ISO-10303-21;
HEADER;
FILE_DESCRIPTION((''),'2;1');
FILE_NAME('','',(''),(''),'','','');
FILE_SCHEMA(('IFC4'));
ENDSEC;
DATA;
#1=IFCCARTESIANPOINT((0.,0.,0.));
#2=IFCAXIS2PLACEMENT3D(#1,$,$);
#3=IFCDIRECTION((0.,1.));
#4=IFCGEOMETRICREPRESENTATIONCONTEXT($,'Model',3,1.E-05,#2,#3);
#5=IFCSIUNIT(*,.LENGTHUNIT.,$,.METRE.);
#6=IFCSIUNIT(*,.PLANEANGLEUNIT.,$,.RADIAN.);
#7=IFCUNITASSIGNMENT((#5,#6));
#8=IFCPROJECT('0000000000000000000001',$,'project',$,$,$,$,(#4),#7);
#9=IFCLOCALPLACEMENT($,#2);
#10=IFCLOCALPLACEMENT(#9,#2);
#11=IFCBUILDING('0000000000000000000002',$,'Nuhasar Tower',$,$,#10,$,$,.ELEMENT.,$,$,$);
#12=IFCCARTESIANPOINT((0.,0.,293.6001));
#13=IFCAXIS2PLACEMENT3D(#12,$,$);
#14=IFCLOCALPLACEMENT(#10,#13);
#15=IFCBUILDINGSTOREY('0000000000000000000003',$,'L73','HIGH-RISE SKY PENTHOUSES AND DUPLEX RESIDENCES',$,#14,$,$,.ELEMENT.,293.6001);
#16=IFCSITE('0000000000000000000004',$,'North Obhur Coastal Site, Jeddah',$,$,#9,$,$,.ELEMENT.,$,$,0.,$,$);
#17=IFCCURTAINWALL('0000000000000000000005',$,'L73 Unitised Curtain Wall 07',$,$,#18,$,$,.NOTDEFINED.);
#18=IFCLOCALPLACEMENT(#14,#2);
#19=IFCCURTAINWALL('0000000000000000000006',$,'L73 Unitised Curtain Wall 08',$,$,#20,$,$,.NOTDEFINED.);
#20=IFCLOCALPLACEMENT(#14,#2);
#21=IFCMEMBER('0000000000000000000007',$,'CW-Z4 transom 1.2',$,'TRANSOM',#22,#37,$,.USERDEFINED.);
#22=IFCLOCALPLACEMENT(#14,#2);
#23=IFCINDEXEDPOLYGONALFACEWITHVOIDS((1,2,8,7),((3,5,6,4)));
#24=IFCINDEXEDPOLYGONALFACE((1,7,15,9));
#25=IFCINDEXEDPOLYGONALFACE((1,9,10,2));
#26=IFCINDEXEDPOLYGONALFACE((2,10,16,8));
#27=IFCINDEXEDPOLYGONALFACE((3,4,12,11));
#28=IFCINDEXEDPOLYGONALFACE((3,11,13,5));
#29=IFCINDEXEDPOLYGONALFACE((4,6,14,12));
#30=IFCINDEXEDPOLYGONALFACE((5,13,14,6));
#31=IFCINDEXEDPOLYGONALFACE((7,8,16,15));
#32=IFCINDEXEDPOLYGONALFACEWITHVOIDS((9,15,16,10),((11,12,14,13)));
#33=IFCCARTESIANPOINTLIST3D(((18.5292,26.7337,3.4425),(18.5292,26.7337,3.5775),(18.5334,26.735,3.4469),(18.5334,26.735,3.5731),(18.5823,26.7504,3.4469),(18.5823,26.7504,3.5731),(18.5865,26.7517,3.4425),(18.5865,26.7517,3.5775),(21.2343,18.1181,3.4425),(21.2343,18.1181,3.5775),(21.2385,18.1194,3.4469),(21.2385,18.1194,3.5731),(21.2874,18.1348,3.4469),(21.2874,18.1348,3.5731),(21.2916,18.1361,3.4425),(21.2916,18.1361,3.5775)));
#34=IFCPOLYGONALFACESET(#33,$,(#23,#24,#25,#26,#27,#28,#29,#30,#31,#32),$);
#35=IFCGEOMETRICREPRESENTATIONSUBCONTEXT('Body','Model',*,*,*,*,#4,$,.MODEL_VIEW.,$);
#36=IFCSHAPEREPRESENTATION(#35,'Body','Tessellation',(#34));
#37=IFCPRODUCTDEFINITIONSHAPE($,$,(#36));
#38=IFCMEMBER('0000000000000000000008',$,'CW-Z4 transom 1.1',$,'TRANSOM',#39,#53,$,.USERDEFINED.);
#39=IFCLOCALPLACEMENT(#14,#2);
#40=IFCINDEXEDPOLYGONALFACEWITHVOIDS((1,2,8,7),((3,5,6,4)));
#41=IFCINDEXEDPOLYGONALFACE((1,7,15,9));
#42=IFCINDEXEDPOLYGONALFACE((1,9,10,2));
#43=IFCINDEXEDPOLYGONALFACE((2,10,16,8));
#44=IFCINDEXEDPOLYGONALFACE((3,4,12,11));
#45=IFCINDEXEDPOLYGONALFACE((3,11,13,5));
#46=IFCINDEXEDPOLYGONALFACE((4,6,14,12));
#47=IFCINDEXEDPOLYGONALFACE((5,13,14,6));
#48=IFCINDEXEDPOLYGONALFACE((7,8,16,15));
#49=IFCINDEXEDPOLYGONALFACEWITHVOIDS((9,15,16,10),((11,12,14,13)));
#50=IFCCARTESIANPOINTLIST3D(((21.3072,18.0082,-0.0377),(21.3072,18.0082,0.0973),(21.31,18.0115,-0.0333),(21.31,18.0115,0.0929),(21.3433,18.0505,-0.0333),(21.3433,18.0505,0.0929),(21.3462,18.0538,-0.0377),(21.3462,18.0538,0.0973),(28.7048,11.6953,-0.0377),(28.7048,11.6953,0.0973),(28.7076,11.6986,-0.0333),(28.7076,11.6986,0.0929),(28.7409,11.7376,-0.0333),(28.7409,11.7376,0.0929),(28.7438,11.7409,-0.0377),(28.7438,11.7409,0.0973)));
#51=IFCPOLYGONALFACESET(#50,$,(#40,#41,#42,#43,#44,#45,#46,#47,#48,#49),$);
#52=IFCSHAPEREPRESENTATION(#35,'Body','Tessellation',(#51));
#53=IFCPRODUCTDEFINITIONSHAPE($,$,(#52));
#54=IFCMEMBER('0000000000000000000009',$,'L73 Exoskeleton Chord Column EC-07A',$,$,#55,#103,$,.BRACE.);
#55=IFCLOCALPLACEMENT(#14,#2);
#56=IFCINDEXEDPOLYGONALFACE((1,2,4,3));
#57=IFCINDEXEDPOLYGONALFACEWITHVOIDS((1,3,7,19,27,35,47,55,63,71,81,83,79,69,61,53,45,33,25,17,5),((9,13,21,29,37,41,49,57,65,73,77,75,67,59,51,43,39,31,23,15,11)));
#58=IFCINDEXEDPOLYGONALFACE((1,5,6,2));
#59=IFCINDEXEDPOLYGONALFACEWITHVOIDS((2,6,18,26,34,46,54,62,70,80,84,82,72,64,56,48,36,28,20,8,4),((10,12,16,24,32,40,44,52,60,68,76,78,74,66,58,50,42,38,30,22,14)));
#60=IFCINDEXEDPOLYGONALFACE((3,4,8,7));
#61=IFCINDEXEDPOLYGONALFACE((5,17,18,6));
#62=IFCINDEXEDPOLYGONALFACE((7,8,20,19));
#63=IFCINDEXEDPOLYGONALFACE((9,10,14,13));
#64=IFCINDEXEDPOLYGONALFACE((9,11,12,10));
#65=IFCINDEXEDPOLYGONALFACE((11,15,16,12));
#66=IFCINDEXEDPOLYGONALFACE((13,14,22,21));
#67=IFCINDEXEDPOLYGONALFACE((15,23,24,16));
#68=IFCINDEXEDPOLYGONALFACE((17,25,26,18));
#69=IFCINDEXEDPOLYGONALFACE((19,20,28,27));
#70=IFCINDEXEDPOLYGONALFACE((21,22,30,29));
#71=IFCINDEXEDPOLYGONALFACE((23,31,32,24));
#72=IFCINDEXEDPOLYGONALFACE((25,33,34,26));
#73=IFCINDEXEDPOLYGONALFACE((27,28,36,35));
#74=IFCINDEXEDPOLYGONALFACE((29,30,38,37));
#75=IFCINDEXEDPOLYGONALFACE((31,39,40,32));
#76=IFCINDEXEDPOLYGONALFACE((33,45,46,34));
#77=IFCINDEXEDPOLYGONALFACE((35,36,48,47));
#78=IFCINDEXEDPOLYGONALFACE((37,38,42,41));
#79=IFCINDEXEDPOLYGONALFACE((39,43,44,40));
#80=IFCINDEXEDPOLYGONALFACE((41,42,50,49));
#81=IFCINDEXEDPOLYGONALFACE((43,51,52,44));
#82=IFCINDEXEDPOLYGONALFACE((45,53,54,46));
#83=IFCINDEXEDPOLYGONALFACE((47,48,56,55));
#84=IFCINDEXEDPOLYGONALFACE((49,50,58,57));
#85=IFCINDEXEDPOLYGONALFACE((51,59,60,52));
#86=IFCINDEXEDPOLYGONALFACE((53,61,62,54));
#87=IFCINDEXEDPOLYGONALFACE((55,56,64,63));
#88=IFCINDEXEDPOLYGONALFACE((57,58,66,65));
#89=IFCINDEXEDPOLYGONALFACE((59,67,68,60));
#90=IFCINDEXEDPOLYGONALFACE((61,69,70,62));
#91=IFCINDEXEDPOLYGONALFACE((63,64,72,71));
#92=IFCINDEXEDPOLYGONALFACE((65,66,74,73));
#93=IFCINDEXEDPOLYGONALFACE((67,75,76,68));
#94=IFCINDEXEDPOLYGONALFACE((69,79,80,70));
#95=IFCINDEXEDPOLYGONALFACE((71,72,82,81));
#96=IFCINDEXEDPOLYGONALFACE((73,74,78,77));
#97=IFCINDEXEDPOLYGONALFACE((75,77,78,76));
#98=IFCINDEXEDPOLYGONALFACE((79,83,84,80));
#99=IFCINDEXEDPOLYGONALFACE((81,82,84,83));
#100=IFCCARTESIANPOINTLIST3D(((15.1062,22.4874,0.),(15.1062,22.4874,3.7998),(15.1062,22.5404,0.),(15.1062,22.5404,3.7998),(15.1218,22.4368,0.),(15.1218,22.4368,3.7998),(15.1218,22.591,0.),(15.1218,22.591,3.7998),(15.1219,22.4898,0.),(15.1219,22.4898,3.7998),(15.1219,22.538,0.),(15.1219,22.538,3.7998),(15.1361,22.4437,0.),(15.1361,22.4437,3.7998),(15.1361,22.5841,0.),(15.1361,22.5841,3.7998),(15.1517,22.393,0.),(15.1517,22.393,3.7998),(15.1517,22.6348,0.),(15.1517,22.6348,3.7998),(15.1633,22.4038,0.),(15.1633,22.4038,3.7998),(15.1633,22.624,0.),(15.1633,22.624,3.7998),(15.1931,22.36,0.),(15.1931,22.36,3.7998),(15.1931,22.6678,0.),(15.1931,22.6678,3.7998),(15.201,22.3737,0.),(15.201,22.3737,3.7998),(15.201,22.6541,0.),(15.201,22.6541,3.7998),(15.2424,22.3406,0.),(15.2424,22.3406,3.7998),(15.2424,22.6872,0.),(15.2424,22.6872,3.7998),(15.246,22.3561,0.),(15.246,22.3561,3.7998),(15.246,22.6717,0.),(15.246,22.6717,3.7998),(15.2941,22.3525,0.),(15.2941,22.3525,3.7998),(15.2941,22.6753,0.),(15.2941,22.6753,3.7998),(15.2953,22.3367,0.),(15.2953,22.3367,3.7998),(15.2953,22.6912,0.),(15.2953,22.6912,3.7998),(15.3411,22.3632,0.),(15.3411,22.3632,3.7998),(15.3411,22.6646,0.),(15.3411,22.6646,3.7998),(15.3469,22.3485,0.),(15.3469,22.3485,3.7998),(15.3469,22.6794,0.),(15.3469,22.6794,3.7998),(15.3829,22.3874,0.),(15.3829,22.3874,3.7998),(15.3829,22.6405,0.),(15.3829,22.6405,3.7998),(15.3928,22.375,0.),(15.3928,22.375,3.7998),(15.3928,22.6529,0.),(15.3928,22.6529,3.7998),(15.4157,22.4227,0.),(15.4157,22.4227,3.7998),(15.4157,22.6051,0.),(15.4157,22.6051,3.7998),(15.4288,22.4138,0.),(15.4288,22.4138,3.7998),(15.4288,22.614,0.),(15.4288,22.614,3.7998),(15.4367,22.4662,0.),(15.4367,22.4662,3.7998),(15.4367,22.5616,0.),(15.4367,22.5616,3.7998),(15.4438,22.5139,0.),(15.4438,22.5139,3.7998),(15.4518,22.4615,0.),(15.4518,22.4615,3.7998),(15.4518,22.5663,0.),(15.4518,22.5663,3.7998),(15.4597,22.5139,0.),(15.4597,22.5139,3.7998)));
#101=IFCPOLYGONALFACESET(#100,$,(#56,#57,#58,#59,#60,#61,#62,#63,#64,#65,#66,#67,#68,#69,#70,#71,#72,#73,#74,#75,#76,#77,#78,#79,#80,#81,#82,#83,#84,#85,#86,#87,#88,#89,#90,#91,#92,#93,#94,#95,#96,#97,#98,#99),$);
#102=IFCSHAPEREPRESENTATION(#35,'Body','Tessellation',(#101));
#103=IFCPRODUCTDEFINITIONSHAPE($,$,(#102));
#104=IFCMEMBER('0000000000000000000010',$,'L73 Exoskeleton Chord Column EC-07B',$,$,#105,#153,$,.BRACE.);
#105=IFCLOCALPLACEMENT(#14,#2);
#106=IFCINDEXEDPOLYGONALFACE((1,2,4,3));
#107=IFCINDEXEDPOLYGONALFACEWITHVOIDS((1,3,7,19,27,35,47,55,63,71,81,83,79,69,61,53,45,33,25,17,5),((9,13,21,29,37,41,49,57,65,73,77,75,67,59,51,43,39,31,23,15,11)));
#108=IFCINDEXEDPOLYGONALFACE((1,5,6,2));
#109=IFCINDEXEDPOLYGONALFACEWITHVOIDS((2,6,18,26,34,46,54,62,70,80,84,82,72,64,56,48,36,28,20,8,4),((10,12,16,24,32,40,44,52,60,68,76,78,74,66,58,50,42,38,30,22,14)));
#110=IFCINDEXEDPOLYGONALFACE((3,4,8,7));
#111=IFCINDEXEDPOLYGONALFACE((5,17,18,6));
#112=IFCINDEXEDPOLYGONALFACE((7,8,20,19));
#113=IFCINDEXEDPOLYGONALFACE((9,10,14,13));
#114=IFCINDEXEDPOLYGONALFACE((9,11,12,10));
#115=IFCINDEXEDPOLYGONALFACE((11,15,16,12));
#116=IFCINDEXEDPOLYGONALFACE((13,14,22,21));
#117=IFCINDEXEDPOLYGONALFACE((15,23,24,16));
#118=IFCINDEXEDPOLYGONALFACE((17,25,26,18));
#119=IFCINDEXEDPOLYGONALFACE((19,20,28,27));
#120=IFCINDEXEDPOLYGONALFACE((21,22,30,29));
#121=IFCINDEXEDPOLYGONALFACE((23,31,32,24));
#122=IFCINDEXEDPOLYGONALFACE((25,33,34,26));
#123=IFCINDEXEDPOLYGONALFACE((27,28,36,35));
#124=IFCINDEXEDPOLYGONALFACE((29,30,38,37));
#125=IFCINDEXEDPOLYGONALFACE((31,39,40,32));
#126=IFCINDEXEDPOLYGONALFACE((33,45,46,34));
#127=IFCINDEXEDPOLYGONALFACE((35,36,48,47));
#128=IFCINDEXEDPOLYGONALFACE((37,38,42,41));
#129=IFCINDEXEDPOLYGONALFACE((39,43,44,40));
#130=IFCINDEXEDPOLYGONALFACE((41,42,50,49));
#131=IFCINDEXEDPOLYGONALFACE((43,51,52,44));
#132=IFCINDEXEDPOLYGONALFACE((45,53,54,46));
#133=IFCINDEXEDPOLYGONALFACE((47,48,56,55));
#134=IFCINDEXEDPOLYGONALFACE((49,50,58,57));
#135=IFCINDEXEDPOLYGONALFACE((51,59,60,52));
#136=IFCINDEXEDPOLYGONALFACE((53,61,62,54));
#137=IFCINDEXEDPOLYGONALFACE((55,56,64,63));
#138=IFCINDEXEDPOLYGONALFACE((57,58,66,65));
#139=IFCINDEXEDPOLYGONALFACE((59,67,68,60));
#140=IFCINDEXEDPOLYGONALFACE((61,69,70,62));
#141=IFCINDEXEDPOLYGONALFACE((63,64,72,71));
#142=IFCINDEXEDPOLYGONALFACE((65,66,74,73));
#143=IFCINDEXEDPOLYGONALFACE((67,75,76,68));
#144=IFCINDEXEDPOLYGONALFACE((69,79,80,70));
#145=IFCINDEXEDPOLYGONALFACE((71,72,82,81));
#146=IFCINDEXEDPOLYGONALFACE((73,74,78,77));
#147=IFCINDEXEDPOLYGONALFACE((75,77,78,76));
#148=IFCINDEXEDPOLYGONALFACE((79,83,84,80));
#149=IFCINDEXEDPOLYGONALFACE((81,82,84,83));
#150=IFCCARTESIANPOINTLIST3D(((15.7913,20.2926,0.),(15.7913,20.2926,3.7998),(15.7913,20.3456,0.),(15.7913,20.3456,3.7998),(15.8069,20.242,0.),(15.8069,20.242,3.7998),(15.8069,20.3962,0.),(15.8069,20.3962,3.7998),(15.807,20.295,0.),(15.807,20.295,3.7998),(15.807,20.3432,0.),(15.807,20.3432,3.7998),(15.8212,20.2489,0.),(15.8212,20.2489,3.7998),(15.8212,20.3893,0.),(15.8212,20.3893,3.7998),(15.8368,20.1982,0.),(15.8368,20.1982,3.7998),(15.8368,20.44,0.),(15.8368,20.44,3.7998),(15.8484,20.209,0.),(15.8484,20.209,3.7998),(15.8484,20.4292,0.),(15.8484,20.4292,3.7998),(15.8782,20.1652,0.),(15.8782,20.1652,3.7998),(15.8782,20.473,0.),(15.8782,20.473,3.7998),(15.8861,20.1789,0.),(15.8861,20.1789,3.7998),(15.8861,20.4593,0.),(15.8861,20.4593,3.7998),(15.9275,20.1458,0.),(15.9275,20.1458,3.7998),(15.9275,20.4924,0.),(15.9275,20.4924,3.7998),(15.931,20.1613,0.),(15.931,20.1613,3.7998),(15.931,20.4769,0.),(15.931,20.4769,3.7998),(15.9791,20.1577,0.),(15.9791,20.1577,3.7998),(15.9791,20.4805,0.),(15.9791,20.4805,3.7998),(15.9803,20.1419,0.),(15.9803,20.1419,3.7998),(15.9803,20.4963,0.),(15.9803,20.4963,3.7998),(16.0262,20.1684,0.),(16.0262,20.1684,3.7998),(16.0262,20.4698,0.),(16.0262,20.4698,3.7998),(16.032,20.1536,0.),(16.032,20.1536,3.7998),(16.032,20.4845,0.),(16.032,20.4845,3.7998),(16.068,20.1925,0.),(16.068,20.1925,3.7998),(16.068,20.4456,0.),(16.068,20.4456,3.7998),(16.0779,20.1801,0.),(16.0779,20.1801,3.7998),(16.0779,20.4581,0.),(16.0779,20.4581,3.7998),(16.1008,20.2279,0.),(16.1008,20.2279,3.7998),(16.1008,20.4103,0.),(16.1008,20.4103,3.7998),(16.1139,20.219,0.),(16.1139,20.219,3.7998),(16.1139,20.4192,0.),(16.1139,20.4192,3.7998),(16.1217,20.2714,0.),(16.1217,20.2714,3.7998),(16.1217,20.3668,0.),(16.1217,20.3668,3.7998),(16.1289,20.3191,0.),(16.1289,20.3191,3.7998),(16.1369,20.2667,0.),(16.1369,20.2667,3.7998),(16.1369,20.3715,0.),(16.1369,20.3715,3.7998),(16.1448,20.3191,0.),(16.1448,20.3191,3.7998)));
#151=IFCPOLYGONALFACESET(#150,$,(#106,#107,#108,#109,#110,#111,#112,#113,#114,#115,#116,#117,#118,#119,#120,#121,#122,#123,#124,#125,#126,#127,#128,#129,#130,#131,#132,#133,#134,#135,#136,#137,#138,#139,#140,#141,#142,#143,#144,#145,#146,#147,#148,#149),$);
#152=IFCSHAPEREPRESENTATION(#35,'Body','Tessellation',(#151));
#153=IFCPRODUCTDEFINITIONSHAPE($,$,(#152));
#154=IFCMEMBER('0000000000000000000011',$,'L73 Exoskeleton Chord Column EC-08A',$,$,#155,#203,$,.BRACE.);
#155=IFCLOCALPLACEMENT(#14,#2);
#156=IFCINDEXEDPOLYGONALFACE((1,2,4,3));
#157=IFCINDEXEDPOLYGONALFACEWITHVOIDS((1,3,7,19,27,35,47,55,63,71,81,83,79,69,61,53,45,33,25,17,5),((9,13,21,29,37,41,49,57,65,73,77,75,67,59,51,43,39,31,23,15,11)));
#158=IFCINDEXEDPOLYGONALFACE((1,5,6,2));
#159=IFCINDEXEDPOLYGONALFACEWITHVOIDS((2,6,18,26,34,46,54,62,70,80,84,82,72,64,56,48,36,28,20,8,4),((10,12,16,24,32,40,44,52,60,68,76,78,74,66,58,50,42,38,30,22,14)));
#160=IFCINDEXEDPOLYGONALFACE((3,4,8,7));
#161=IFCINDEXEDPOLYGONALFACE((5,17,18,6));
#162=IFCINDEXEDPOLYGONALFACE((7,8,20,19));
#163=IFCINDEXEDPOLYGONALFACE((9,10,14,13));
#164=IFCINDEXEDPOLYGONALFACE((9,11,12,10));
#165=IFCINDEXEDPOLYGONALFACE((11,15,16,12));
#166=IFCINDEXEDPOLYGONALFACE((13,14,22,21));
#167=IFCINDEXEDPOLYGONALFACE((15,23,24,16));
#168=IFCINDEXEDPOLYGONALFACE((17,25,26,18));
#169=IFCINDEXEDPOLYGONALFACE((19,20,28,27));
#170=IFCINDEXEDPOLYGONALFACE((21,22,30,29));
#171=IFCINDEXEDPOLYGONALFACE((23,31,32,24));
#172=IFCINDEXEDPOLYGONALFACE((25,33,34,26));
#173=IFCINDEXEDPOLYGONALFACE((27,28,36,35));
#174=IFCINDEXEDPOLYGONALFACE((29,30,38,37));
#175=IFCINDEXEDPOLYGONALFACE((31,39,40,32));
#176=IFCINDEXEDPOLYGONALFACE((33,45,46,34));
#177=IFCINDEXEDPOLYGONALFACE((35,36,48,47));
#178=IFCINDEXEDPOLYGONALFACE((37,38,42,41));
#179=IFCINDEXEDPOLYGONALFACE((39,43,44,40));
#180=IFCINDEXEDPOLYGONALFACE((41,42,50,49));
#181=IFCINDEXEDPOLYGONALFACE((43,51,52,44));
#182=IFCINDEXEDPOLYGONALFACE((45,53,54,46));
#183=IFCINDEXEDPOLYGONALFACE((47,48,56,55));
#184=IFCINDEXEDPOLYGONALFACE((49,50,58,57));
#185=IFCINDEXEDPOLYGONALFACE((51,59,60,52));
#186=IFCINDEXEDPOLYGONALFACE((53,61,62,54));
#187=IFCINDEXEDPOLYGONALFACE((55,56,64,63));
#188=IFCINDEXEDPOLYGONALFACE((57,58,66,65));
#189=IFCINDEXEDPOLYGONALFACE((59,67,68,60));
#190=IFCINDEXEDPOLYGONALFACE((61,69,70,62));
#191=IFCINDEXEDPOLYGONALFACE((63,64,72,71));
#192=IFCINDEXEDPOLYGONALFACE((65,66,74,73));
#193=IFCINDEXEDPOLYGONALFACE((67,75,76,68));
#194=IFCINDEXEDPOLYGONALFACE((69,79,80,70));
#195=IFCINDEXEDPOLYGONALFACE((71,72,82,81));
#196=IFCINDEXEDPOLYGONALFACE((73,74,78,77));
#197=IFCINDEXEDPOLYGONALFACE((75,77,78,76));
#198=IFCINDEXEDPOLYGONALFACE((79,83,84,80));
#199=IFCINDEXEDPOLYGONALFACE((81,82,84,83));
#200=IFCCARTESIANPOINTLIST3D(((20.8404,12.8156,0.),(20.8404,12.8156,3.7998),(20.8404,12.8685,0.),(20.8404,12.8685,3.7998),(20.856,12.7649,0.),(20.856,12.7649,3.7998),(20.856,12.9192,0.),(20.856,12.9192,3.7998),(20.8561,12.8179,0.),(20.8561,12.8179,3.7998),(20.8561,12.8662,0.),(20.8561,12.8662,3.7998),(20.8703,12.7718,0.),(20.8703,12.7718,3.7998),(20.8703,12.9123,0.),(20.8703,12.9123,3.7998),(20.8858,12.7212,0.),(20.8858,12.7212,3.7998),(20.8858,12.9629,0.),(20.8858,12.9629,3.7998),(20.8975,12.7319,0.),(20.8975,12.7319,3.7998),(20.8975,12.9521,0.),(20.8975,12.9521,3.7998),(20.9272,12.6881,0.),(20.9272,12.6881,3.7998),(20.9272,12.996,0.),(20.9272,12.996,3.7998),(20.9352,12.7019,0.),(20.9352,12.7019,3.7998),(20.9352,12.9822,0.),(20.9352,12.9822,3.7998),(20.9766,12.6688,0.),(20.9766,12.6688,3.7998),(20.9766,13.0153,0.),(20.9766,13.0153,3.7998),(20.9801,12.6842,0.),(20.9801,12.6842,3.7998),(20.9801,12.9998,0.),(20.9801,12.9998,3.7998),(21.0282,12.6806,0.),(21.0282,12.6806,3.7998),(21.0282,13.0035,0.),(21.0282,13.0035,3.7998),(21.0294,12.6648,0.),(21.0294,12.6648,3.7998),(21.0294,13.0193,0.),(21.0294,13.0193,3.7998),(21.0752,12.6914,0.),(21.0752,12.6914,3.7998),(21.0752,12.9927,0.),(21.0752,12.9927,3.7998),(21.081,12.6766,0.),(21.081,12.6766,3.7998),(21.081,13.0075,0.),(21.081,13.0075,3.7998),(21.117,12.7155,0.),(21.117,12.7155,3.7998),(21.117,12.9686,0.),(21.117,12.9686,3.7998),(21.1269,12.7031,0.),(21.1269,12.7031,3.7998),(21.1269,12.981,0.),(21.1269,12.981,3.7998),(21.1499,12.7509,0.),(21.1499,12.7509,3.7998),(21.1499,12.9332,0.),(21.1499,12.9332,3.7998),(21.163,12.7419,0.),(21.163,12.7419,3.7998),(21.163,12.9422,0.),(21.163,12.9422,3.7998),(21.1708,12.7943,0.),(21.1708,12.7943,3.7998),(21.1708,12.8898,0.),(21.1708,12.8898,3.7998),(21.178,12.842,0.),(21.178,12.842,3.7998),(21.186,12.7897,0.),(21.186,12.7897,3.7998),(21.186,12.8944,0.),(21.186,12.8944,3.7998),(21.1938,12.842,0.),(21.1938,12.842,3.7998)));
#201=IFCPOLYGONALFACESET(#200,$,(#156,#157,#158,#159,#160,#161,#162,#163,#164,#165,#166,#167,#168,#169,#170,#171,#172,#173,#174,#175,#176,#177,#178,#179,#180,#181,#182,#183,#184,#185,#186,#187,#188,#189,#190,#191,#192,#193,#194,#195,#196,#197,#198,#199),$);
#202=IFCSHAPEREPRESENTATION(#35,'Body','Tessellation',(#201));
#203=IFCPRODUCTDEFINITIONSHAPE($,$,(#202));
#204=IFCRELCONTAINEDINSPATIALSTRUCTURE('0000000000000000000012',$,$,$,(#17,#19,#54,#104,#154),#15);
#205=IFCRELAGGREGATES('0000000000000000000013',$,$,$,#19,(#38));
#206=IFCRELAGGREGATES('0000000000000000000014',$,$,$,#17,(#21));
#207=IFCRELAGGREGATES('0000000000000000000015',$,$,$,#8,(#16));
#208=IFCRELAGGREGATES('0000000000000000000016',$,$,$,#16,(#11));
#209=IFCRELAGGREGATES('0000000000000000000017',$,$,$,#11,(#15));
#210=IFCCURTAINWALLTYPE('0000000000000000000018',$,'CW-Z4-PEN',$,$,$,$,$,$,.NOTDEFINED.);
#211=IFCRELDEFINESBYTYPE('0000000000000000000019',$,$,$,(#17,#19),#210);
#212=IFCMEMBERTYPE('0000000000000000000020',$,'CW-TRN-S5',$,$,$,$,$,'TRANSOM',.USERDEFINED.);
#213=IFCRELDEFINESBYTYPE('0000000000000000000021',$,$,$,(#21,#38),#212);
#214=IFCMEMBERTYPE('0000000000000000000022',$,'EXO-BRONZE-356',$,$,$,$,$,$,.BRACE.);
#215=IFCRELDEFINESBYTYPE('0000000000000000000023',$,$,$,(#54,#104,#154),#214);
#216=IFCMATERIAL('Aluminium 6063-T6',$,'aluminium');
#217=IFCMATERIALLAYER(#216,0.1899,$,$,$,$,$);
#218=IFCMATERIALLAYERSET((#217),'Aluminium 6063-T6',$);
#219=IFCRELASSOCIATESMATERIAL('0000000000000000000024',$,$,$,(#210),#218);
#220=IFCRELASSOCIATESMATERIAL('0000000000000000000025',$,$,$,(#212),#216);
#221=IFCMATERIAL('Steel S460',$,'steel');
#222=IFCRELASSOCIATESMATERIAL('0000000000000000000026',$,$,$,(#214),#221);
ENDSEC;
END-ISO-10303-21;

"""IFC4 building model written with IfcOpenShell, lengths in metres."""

from ifc_helpers import new_model, si_unit, direction, frame, origin, origin_2d, place, context, subcontext, project, spatial, hollow_rectangle, hollow_circle, extrude, material, layer, layer_set, material_profile, profile_set, type_object, element, aggregate, save


model = new_model("IFC4")

# Units and contexts
model_context = context("Model", 3, precision=1e-05, world=origin(), true_north=direction((0.0, 1.0)))
body_context = subcontext(model_context, "Body", "Model", "MODEL_VIEW")
ifc_project = project(units=[si_unit("LENGTHUNIT", "METRE"), si_unit("PLANEANGLEUNIT", "RADIAN")], contexts=[model_context])

# Site, building, storey
site_placement = place(None, origin())
site = spatial("IfcSite", under=ifc_project, at=site_placement, Name="North Obhur Coastal Site, Jeddah", CompositionType="ELEMENT", RefElevation=0.0)
building_placement = place(site_placement, origin())
building = spatial("IfcBuilding", under=site, at=building_placement, Name="Nuhasar Tower", CompositionType="ELEMENT")
storey_placement = place(building_placement, frame((0.0, 0.0, 293.6001)))
storey = spatial("IfcBuildingStorey", under=building, at=storey_placement, Name="L73", Description="HIGH-RISE SKY PENTHOUSES AND DUPLEX RESIDENCES", CompositionType="ELEMENT", Elevation=293.6001)

# Curtain wall
ifc_material_1 = material(Name="Aluminium 6063-T6", Category="aluminium")
ifc_layer_1 = layer(ifc_material_1, 0.1899)
ifc_layer_set_1 = layer_set([ifc_layer_1], Name="Aluminium 6063-T6")
curtain_wall_type = type_object("IfcCurtainWallType", Name="CW-Z4-PEN", PredefinedType="NOTDEFINED", material=ifc_layer_set_1)
curtain_wall_1_placement = place(storey_placement, origin())
curtain_wall_1 = element("IfcCurtainWall", 1, at=curtain_wall_1_placement, inside=storey, type_object=curtain_wall_type, Name="L73 Unitised Curtain Wall 07", PredefinedType="NOTDEFINED")

# Curtain wall
curtain_wall_2_placement = place(storey_placement, origin())
curtain_wall_2 = element("IfcCurtainWall", 2, at=curtain_wall_2_placement, inside=storey, type_object=curtain_wall_type, Name="L73 Unitised Curtain Wall 08", PredefinedType="NOTDEFINED")

# Members
ifc_material_profile_1 = material_profile(ifc_material_1, hollow_rectangle(XDim=0.0601, YDim=0.135, WallThickness=0.0044, at=origin_2d()), Name="CWT-5")
ifc_profile_set_1 = profile_set([ifc_material_profile_1], Name="Aluminium 6063-T6")
member_type_1 = type_object("IfcMemberType", Name="CW-TRN-S5", ElementType="TRANSOM", PredefinedType="USERDEFINED", material=ifc_profile_set_1)
member_1_placement = place(storey_placement, frame((18.5579, 26.7427, 3.51), z_axis=(0.29956, -0.954077, 0.0), x_axis=(0.954077, 0.29956, 0.0)))
member_1 = element("IfcMember", 3, at=member_1_placement, type_object=member_type_1, Name="CW-Z4 transom 1.2", ObjectType="TRANSOM", PredefinedType="USERDEFINED", context=body_context, shape_type="SweptSolid", body=[
    extrude(hollow_rectangle(XDim=0.0601, YDim=0.135, WallThickness=0.0044, at=origin_2d()), origin(), (0.0, 0.0, 1.0), 9.0303),
])
member_2_placement = place(storey_placement, frame((21.3267, 18.031, 0.0298), z_axis=(0.760672, -0.649136, 0.0), x_axis=(0.649136, 0.760672, 0.0)))
member_2 = element("IfcMember", 4, at=member_2_placement, type_object=member_type_1, Name="CW-Z4 transom 1.1", ObjectType="TRANSOM", PredefinedType="USERDEFINED", context=body_context, shape_type="SweptSolid", body=[
    extrude(hollow_rectangle(XDim=0.0601, YDim=0.135, WallThickness=0.0044, at=origin_2d()), origin(), (0.0, 0.0, 1.0), 9.7251),
])
aggregate(curtain_wall_2, [member_2])

# Members
ifc_material_2 = material(Name="Steel S460", Category="steel")
ifc_material_profile_2 = material_profile(ifc_material_2, hollow_circle(Radius=0.1777, WallThickness=0.0159, at=origin_2d()), Name="HSS355.6X15.9")
ifc_profile_set_2 = profile_set([ifc_material_profile_2], Name="Steel S460")
member_type_2 = type_object("IfcMemberType", Name="EXO-BRONZE-356", PredefinedType="BRACE", material=ifc_profile_set_2)
for number, where, z_axis, x_axis, name in (
    (5, (15.282, 22.5139, 0.0), (0.0, 0.0, 1.0), (1.0, 0.0, 0.0), "L73 Exoskeleton Chord Column EC-07A"),
    (6, (15.967, 20.3191, 0.0), (0.0, 0.0, 1.0), (1.0, 0.0, 0.0), "L73 Exoskeleton Chord Column EC-07B"),
    (7, (21.0161, 12.842, 0.0), (0.0, 0.0, 1.0), (1.0, 0.0, 0.0), "L73 Exoskeleton Chord Column EC-08A"),
):
    element("IfcMember", number, at=place(storey_placement, frame(where, z_axis=z_axis, x_axis=x_axis)), inside=storey, type_object=member_type_2, Name=name, PredefinedType="BRACE", context=body_context, shape_type="SweptSolid", body=[
        extrude(hollow_circle(Radius=0.1777, WallThickness=0.0159, at=origin_2d()), origin(), (0.0, 0.0, 1.0), 3.7998),
    ])

aggregate(curtain_wall_1, [member_1])

save(model, "model.ifc")
